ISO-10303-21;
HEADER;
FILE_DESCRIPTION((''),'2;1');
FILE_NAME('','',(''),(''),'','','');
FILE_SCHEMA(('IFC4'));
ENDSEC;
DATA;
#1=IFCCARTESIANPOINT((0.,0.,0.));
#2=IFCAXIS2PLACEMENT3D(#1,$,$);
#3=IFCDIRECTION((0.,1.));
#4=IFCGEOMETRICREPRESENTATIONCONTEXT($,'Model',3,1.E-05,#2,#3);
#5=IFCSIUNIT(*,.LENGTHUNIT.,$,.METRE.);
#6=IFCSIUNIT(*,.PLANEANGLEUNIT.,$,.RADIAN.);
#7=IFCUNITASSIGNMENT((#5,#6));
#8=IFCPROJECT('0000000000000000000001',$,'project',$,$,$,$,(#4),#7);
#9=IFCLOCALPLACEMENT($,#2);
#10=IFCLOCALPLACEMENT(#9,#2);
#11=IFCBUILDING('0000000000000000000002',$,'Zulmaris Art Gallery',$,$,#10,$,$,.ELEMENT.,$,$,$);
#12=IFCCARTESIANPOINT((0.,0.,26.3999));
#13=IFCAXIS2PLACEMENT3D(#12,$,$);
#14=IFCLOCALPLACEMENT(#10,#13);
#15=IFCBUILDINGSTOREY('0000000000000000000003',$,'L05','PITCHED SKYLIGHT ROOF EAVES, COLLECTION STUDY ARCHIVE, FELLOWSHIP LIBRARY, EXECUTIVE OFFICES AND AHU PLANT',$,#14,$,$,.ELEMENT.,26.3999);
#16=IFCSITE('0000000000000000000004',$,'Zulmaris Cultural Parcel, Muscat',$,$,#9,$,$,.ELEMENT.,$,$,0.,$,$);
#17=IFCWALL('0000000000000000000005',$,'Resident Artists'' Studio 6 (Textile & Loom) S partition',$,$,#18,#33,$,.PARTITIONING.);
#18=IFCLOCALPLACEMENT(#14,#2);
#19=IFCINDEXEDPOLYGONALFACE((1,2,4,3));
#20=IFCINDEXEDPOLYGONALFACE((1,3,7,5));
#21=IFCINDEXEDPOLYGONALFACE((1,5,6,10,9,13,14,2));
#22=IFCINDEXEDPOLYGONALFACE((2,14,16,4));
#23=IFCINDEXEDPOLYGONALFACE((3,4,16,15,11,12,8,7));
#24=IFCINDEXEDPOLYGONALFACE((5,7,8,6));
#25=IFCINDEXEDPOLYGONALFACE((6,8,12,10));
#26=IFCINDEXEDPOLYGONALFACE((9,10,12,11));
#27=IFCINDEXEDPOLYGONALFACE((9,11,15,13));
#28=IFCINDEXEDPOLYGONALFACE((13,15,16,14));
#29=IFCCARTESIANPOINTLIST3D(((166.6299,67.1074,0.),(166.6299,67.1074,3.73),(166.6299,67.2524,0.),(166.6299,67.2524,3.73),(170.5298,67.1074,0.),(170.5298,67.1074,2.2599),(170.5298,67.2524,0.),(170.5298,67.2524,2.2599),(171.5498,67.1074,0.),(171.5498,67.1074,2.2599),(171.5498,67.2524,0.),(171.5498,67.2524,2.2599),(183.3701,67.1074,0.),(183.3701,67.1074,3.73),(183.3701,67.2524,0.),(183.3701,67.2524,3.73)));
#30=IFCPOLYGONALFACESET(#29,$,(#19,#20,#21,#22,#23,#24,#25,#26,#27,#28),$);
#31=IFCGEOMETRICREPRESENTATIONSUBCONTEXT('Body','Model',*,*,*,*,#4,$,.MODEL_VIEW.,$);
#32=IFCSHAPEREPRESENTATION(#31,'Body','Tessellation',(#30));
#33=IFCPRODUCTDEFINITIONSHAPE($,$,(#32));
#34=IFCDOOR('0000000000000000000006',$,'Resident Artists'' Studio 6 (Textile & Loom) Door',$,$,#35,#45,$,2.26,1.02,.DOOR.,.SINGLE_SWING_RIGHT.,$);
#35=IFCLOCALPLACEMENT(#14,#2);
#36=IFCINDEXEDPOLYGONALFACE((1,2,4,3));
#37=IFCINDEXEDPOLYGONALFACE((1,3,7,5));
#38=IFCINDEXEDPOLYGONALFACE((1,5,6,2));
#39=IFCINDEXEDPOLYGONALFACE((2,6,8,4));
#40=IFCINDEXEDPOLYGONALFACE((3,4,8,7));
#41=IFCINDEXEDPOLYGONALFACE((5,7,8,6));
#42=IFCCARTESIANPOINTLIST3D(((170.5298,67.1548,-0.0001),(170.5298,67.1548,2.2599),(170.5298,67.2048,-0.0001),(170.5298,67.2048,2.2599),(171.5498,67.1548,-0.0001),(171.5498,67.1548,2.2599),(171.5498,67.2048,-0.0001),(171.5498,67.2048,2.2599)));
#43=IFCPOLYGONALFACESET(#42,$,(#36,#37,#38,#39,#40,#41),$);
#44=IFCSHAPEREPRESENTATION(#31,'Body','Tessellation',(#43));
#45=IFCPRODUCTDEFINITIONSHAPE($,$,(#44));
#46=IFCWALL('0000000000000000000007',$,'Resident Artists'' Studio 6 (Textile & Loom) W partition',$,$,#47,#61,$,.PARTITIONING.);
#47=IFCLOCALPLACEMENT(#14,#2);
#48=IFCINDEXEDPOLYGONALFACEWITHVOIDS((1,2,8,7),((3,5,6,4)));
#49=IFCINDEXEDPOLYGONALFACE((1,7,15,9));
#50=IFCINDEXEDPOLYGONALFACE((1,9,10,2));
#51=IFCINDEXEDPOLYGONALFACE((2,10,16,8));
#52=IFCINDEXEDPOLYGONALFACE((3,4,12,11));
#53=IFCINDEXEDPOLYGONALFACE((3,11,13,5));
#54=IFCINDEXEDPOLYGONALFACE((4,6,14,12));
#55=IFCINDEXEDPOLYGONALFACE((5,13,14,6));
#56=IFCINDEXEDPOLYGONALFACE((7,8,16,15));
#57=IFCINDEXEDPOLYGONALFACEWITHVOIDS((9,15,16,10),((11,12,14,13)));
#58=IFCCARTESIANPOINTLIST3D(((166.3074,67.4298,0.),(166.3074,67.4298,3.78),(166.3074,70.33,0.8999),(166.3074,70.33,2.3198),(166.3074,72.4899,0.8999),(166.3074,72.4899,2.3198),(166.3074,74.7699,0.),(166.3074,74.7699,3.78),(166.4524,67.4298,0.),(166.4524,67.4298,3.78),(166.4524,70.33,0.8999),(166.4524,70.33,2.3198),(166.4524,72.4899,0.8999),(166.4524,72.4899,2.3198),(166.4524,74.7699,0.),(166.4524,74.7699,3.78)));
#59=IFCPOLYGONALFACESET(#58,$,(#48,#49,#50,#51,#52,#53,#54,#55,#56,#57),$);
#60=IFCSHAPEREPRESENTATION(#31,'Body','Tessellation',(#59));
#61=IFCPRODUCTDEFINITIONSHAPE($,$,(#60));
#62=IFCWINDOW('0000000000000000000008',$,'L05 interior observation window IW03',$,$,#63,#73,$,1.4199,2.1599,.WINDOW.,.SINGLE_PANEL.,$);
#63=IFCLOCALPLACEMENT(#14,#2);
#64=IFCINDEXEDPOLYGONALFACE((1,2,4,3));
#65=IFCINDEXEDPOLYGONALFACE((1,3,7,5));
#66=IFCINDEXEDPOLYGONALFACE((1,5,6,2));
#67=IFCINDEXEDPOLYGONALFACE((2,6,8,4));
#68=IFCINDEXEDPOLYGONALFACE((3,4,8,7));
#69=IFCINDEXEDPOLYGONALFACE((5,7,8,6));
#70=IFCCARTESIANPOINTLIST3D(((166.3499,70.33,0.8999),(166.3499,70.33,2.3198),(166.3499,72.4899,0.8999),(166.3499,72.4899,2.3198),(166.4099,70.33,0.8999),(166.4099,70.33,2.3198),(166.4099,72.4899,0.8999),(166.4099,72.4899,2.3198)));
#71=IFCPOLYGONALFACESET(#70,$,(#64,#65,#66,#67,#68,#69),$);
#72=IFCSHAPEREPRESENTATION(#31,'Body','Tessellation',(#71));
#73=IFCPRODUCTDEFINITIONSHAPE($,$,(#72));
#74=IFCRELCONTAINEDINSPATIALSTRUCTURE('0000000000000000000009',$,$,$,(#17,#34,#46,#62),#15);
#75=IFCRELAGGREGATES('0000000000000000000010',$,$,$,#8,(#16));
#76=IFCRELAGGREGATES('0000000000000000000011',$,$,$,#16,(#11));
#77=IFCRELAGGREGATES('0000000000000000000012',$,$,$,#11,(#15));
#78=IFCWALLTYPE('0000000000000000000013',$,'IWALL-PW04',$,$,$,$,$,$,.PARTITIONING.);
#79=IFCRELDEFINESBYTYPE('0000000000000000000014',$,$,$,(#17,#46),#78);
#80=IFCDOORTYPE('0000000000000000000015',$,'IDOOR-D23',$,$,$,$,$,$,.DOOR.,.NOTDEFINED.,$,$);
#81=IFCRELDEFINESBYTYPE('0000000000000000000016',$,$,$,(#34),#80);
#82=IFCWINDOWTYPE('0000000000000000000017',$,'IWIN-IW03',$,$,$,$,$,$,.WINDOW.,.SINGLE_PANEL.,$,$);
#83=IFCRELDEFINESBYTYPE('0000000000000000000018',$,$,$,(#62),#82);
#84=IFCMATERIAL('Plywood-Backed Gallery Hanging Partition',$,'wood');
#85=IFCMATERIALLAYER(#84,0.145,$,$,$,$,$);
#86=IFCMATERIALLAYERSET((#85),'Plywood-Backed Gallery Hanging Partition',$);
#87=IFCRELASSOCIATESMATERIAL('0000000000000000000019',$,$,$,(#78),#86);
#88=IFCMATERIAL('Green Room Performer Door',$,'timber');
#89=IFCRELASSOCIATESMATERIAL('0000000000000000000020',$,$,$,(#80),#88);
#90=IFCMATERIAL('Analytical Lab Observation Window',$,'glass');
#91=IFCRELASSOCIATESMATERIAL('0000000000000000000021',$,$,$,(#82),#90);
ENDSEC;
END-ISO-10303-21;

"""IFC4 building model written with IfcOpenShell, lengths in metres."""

from ifc_helpers import new_model, si_unit, direction, frame, frame_2d, origin, place, context, subcontext, project, spatial, rectangle, extrude, material, layer, layer_set, type_object, element, fill, save


model = new_model("IFC4")

# Units and contexts
model_context = context("Model", 3, precision=1e-05, world=origin(), true_north=direction((0.0, 1.0)))
body_context = subcontext(model_context, "Body", "Model", "MODEL_VIEW")
ifc_project = project(units=[si_unit("LENGTHUNIT", "METRE"), si_unit("PLANEANGLEUNIT", "RADIAN")], contexts=[model_context])

# Site, building, storey
site_placement = place(None, origin())
site = spatial("IfcSite", under=ifc_project, at=site_placement, Name="Zulmaris Cultural Parcel, Muscat", CompositionType="ELEMENT", RefElevation=0.0)
building_placement = place(site_placement, origin())
building = spatial("IfcBuilding", under=site, at=building_placement, Name="Zulmaris Art Gallery", CompositionType="ELEMENT")
storey_placement = place(building_placement, frame((0.0, 0.0, 26.3999)))
storey = spatial("IfcBuildingStorey", under=building, at=storey_placement, Name="L05", Description="PITCHED SKYLIGHT ROOF EAVES, COLLECTION STUDY ARCHIVE, FELLOWSHIP LIBRARY, EXECUTIVE OFFICES AND AHU PLANT", CompositionType="ELEMENT", Elevation=26.3999)

# Wall, opening, door
ifc_material_1 = material(Name="Plywood-Backed Gallery Hanging Partition", Category="wood")
ifc_layer_1 = layer(ifc_material_1, 0.145)
ifc_layer_set_1 = layer_set([ifc_layer_1], Name="Plywood-Backed Gallery Hanging Partition")
wall_type_1 = type_object("IfcWallType", Name="IWALL-PW04", PredefinedType="PARTITIONING", material=ifc_layer_set_1)
wall_1_placement = place(storey_placement, frame((166.6299, 67.1799, 0.0), z_axis=(0.0, 0.0, 1.0), x_axis=(1.0, 0.0, 0.0)))
wall_1 = element("IfcWall", 1, at=wall_1_placement, inside=storey, type_object=wall_type_1, Name="Resident Artists' Studio 6 (Textile & Loom) S partition", PredefinedType="PARTITIONING", context=body_context, shape_type="SweptSolid", body=[
    extrude(rectangle(XDim=16.7402, YDim=0.145, at=frame_2d((8.3701, 0.0))), origin(), (0.0, 0.0, 1.0), 3.73),
])
opening_1_placement = place(wall_1_placement, frame((3.8999, 0.0, 0.0)))
opening_1 = element("IfcOpeningElement", 2, at=opening_1_placement, cuts=wall_1, PredefinedType="OPENING", context=body_context, shape_type="SweptSolid", body=[
    extrude(rectangle(XDim=1.02, YDim=2.26, at=frame_2d((0.51, 1.1299))), frame((0.0, 0.0825, 0.0), z_axis=(0.0, -1.0, 0.0), x_axis=(1.0, 0.0, 0.0)), (0.0, 0.0, 1.0), 0.165),
])
ifc_material_2 = material(Name="Green Room Performer Door", Category="timber")
door_type = type_object("IfcDoorType", Name="IDOOR-D23", OperationType="NOTDEFINED", PredefinedType="DOOR", material=ifc_material_2)
door_placement = place(opening_1_placement, origin())
door = element("IfcDoor", 3, at=door_placement, inside=storey, type_object=door_type, Name="Resident Artists' Studio 6 (Textile & Loom) Door", OperationType="SINGLE_SWING_RIGHT", OverallHeight=2.26, OverallWidth=1.02, PredefinedType="DOOR", context=body_context, shape_type="SweptSolid", body=[
    extrude(rectangle(XDim=1.02, YDim=2.26, at=frame_2d((0.51, 1.1299))), frame((0.0, 0.0249, 0.0), z_axis=(0.0, -1.0, 0.0), x_axis=(1.0, 0.0, 0.0)), (0.0, 0.0, 1.0), 0.05),
])
fill(opening_1, door)

# Wall, opening, window
wall_2_placement = place(storey_placement, frame((166.3799, 67.4299, 0.0), z_axis=(0.0, 0.0, 1.0), x_axis=(0.0, 1.0, 0.0)))
wall_2 = element("IfcWall", 4, at=wall_2_placement, inside=storey, type_object=wall_type_1, Name="Resident Artists' Studio 6 (Textile & Loom) W partition", PredefinedType="PARTITIONING", context=body_context, shape_type="SweptSolid", body=[
    extrude(rectangle(XDim=7.3401, YDim=0.145, at=frame_2d((3.6699, 0.0))), origin(), (0.0, 0.0, 1.0), 3.78),
])
opening_2_placement = place(wall_2_placement, frame((2.8999, 0.0, 0.8999)))
opening_2 = element("IfcOpeningElement", 5, at=opening_2_placement, cuts=wall_2, PredefinedType="OPENING", context=body_context, shape_type="SweptSolid", body=[
    extrude(rectangle(XDim=2.1599, YDim=1.4199, at=frame_2d((1.0801, 0.71))), frame((0.0, 0.0825, 0.0), z_axis=(0.0, -1.0, 0.0), x_axis=(1.0, 0.0, 0.0)), (0.0, 0.0, 1.0), 0.165),
])
ifc_material_3 = material(Name="Analytical Lab Observation Window", Category="glass")
window_type_1 = type_object("IfcWindowType", Name="IWIN-IW03", PartitioningType="SINGLE_PANEL", PredefinedType="WINDOW", material=ifc_material_3)
window_1_placement = place(opening_2_placement, origin())
window_1 = element("IfcWindow", 6, at=window_1_placement, inside=storey, type_object=window_type_1, Name="L05 interior observation window IW03", OverallHeight=1.4199, OverallWidth=2.1599, PartitioningType="SINGLE_PANEL", PredefinedType="WINDOW", context=body_context, shape_type="SweptSolid", body=[
    extrude(rectangle(XDim=2.1599, YDim=1.4199, at=frame_2d((1.0801, 0.71))), frame((0.0, 0.03, 0.0), z_axis=(0.0, -1.0, 0.0), x_axis=(1.0, 0.0, 0.0)), (0.0, 0.0, 1.0), 0.0601),
])
fill(opening_2, window_1)

save(model, "model.ifc")
